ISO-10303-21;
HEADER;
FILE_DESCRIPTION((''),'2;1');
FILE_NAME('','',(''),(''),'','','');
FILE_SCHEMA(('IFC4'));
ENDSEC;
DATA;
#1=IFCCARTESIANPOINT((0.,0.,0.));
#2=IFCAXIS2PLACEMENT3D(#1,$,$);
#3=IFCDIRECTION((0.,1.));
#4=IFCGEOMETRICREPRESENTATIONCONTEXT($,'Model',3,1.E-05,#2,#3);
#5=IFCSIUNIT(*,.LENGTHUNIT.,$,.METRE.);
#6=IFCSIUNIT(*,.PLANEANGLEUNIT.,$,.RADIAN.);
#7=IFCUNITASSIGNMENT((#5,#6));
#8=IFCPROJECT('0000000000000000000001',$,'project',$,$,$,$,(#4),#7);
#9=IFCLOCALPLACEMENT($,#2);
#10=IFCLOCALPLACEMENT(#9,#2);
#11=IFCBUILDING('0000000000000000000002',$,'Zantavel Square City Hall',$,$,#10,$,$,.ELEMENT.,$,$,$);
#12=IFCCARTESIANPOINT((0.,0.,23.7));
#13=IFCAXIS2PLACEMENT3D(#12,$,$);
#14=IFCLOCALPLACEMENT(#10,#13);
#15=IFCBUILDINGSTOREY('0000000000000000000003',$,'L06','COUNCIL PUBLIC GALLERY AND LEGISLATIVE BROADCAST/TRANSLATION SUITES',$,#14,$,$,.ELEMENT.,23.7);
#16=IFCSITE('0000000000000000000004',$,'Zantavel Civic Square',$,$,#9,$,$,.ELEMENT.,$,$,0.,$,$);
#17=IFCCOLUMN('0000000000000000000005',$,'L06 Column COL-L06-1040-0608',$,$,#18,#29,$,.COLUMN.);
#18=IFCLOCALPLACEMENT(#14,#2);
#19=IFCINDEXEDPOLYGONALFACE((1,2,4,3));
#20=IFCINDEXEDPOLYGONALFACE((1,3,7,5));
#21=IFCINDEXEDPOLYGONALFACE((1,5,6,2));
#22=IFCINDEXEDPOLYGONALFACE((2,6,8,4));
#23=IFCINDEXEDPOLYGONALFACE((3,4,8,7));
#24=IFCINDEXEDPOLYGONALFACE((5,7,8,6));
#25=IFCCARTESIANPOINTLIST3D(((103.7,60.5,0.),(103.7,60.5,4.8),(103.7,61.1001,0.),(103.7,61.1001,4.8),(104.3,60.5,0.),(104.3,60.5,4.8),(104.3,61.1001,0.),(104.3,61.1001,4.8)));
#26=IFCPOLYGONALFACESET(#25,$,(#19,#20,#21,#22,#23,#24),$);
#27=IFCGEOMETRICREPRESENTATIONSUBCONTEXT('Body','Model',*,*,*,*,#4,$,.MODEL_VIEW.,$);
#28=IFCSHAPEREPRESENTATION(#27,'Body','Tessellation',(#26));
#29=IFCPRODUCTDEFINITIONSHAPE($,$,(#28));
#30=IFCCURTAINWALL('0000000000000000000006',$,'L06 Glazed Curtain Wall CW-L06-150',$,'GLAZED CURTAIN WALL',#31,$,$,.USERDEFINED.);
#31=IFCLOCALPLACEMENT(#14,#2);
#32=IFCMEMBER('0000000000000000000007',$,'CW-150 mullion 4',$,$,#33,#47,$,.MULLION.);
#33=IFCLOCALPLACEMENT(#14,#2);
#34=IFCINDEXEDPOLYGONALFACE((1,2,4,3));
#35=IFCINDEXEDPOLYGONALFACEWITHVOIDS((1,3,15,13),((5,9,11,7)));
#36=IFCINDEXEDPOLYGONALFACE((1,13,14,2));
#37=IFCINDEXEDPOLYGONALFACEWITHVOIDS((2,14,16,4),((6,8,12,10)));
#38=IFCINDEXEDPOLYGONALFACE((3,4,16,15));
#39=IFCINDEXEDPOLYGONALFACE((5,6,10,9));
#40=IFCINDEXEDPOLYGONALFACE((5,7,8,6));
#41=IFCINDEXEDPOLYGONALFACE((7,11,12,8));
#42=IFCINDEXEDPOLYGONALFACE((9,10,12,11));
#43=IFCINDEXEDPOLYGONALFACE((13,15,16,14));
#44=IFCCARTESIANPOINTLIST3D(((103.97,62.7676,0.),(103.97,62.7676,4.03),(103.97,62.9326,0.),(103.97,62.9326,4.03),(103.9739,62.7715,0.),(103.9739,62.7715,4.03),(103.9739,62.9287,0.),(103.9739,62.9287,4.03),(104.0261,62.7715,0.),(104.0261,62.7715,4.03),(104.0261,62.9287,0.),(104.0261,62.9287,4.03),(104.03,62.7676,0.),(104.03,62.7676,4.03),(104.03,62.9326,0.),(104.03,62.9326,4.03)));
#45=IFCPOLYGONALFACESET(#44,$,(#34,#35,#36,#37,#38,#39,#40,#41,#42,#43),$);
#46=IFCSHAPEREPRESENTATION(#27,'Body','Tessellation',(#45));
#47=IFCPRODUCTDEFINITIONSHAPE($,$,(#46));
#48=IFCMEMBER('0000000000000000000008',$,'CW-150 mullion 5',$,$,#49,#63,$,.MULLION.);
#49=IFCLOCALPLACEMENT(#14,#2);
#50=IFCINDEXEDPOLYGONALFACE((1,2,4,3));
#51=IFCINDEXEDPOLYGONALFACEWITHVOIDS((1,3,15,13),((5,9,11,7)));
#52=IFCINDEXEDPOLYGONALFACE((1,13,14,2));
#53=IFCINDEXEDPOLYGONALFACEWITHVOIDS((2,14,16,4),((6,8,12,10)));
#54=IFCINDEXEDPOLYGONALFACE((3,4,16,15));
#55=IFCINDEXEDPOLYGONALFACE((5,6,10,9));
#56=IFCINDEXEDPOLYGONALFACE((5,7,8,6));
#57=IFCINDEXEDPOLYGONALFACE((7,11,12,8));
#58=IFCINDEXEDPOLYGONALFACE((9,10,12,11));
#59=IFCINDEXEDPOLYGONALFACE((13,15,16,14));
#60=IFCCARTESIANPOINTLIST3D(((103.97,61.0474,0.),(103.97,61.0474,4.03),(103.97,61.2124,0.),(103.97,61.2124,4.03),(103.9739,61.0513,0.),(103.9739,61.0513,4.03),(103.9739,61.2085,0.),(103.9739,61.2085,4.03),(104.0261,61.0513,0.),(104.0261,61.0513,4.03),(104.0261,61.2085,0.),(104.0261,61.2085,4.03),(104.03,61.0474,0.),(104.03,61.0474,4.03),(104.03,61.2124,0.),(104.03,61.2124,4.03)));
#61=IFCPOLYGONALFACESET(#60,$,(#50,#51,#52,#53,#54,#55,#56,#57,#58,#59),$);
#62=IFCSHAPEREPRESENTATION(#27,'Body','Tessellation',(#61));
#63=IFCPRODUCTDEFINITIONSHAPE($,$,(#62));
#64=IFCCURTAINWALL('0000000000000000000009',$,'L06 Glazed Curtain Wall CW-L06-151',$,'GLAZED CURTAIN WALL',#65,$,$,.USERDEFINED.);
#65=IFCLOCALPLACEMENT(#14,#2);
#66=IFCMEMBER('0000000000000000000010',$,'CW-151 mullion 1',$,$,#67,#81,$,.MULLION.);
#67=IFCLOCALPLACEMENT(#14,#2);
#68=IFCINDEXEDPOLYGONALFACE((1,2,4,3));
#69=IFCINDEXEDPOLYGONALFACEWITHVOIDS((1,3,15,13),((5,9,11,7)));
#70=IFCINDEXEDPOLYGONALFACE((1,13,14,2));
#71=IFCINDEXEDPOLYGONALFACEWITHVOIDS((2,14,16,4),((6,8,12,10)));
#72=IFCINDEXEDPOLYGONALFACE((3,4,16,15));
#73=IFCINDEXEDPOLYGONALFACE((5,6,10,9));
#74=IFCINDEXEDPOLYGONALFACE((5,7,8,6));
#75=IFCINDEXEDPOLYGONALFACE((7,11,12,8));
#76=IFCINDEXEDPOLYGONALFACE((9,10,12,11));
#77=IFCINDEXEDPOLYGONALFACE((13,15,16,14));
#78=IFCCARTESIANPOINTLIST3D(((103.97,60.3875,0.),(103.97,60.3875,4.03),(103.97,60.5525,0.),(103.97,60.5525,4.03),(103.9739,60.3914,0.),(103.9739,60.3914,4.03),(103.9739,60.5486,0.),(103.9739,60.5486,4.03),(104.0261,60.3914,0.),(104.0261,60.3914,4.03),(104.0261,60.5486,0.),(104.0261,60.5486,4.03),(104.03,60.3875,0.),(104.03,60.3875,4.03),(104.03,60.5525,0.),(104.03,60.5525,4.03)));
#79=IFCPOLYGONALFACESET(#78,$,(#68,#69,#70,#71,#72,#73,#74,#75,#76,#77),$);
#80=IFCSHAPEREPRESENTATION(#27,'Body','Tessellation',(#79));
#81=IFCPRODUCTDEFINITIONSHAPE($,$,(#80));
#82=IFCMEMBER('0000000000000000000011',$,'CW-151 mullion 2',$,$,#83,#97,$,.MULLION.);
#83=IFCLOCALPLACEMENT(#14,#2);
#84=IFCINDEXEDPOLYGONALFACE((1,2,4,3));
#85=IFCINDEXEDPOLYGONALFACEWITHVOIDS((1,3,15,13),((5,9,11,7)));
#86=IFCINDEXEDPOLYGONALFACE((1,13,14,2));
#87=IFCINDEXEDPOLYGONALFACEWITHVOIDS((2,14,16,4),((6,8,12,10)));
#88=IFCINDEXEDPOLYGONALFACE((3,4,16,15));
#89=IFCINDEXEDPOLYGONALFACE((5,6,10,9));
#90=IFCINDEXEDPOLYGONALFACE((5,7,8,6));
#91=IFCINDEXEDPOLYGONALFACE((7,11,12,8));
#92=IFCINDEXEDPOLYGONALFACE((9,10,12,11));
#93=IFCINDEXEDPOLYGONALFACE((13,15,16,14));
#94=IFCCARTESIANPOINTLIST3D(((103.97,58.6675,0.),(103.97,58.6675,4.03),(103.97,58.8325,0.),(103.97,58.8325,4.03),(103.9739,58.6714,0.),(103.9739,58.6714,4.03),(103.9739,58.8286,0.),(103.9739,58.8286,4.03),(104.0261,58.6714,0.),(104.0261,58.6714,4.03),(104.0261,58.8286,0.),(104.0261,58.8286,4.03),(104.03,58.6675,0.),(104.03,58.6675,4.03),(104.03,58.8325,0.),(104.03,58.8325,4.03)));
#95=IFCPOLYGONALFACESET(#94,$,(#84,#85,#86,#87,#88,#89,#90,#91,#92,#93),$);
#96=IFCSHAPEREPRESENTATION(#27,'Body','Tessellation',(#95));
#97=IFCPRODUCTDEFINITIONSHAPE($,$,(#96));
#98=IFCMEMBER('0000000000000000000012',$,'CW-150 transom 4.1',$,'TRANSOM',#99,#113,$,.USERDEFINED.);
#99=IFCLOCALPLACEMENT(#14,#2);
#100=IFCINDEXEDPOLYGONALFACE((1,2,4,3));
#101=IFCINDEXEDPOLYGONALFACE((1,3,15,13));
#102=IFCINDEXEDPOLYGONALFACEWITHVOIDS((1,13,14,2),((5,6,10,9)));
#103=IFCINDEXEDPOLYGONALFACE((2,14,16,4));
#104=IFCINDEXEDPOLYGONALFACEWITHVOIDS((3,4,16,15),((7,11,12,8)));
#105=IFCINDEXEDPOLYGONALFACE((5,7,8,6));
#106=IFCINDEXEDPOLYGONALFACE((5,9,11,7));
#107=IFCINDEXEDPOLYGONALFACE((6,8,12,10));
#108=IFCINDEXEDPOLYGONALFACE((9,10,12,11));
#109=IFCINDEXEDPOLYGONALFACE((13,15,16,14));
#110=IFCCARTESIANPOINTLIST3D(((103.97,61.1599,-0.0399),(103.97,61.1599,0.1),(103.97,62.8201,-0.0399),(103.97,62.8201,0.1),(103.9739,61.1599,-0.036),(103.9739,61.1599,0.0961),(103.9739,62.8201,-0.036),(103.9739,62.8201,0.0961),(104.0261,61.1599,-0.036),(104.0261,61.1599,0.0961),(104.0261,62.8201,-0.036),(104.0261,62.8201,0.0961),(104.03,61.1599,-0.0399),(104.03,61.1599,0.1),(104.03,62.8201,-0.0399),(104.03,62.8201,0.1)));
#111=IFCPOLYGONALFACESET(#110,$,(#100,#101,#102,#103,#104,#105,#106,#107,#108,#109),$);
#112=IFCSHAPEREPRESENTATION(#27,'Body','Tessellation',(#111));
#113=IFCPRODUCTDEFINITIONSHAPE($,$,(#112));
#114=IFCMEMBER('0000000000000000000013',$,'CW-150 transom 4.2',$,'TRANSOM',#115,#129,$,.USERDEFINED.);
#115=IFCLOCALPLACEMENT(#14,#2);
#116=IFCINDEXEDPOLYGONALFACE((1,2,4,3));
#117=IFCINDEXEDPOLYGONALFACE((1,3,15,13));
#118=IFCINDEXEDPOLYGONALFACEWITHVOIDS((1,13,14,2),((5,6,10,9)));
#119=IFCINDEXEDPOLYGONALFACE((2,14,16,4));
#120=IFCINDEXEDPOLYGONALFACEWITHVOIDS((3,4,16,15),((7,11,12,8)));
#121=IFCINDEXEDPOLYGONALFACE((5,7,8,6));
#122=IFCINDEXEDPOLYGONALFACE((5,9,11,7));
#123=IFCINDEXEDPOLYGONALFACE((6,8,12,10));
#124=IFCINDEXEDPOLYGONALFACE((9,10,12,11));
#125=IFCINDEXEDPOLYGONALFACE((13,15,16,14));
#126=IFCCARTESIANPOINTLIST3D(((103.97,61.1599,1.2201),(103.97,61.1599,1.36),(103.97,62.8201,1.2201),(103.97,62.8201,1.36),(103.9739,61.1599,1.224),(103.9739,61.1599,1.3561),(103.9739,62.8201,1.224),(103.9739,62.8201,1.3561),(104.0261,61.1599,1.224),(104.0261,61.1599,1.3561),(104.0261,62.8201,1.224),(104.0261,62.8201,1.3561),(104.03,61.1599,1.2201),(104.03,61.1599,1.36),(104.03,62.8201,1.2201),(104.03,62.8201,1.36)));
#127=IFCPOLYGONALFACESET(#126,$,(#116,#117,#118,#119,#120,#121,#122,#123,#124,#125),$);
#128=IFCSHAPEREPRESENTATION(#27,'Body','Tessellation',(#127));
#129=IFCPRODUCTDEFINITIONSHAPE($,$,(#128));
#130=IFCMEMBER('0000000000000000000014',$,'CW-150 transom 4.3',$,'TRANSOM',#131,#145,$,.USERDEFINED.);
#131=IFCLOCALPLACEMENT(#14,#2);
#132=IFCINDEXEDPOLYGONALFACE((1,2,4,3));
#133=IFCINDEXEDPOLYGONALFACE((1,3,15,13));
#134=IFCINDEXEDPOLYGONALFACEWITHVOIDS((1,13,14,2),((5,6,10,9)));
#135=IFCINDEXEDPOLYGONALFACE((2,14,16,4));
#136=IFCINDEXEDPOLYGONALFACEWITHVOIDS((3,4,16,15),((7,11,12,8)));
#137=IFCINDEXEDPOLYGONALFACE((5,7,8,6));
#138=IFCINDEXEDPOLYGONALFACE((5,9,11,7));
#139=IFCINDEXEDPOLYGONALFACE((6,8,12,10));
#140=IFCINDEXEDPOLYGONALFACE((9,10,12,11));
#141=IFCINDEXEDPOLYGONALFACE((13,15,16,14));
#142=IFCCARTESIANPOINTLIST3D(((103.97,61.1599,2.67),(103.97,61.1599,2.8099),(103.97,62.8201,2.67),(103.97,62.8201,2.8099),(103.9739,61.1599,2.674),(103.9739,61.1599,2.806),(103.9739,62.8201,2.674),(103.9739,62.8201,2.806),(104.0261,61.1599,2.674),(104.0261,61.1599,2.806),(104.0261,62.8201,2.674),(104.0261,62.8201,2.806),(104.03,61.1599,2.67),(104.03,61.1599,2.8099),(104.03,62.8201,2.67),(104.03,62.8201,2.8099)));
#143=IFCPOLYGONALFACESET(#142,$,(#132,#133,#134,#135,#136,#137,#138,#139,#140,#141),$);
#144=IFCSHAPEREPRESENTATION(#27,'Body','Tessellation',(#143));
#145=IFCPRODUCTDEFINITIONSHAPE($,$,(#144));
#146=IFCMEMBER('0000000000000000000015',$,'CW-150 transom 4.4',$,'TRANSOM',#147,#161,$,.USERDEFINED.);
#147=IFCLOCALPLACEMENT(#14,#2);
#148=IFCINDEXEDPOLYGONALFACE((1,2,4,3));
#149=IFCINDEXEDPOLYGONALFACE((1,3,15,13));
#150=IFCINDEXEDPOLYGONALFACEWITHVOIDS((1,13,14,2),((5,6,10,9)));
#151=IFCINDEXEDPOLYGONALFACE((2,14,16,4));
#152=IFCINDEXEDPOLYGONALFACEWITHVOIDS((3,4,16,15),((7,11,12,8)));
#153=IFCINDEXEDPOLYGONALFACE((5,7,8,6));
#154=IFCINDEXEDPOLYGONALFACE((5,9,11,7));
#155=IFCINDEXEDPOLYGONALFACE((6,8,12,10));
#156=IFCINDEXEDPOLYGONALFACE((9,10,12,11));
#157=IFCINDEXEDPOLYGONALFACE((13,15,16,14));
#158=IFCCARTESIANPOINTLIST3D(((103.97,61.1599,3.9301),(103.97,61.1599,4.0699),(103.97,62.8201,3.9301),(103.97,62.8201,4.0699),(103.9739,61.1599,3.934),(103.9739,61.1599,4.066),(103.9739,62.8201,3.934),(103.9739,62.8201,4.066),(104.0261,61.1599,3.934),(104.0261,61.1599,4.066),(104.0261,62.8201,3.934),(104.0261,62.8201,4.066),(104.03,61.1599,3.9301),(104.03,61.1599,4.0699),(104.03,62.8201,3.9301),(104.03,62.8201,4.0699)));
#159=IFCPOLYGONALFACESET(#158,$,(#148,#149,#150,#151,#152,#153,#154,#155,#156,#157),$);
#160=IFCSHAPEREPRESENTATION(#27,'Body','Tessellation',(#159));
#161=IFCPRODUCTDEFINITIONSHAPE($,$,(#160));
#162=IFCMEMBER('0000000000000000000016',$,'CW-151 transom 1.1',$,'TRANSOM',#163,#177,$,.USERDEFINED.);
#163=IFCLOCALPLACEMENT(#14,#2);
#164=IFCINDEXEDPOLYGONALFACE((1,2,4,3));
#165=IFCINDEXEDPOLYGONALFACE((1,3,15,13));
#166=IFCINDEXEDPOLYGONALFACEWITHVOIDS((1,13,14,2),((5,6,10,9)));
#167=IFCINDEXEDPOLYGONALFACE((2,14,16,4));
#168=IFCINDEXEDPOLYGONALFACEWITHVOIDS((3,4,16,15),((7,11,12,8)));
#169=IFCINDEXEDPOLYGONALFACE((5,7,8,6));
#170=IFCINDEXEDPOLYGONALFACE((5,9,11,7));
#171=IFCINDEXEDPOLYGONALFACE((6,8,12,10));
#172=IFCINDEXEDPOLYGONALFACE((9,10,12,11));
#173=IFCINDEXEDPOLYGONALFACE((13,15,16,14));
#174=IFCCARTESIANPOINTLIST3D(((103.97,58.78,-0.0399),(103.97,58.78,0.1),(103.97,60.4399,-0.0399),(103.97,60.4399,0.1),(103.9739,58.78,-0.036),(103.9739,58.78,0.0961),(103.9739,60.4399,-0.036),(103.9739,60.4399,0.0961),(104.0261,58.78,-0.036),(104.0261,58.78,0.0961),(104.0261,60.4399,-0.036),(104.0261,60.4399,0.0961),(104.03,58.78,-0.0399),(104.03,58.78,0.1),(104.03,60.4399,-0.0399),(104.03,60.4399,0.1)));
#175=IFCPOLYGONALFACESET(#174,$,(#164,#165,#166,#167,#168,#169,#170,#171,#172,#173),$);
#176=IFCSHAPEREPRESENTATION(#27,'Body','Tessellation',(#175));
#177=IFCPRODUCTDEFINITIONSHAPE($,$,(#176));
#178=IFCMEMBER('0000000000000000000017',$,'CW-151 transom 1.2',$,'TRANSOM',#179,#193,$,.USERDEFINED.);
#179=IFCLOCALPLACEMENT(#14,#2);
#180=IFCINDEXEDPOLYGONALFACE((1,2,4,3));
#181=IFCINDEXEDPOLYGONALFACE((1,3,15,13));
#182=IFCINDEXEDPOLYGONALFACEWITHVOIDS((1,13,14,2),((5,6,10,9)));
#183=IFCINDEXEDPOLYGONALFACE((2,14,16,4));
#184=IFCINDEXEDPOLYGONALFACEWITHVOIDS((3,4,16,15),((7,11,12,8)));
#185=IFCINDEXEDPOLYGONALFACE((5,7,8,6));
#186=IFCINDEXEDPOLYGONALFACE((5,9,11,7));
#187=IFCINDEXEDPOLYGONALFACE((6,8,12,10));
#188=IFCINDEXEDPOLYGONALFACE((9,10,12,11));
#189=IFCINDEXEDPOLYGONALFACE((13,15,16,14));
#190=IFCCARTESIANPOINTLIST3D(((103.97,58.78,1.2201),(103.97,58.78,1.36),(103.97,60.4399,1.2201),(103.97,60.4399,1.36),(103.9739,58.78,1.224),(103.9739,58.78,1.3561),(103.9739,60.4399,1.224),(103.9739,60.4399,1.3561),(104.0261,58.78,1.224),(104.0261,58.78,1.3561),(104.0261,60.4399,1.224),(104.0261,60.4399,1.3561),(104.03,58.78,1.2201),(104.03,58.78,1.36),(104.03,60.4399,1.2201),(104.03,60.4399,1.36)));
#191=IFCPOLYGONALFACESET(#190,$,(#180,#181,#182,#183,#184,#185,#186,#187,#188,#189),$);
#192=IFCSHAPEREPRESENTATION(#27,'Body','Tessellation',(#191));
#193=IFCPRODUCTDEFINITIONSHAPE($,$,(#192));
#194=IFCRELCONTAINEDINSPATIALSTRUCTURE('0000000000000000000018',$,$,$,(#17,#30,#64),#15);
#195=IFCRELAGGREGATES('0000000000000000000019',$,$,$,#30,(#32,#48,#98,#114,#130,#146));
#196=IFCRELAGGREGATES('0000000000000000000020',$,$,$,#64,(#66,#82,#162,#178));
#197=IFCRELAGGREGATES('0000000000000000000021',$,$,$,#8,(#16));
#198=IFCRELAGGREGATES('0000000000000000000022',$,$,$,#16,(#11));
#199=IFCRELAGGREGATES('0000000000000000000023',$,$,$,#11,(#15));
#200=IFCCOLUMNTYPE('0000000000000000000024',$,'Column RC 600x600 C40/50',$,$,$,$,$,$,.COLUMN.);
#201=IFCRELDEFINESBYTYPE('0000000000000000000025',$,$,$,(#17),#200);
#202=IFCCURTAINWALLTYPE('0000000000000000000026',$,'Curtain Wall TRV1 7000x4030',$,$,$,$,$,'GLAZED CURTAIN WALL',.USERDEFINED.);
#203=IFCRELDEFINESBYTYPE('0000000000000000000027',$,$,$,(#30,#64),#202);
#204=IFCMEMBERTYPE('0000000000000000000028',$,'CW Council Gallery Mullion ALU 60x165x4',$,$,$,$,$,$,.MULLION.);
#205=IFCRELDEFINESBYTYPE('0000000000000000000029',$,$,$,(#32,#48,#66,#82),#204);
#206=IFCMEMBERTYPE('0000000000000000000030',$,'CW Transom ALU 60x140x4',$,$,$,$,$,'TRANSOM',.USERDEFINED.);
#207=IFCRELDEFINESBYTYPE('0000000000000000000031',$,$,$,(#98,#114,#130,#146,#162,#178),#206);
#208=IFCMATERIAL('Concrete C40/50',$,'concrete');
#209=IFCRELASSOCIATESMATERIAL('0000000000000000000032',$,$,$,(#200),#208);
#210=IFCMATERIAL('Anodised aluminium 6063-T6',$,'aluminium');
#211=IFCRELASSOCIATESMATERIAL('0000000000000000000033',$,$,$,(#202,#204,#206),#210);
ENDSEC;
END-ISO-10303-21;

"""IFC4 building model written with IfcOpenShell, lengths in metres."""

from ifc_helpers import new_model, si_unit, direction, frame, origin, origin_2d, place, context, subcontext, project, spatial, rectangle, hollow_rectangle, extrude, material, material_profile, profile_set, type_object, element, aggregate, save


model = new_model("IFC4")

# Units and contexts
model_context = context("Model", 3, precision=1e-05, world=origin(), true_north=direction((0.0, 1.0)))
body_context = subcontext(model_context, "Body", "Model", "MODEL_VIEW")
ifc_project = project(units=[si_unit("LENGTHUNIT", "METRE"), si_unit("PLANEANGLEUNIT", "RADIAN")], contexts=[model_context])

# Site, building, storey
site_placement = place(None, origin())
site = spatial("IfcSite", under=ifc_project, at=site_placement, Name="Zantavel Civic Square", CompositionType="ELEMENT", RefElevation=0.0)
building_placement = place(site_placement, origin())
building = spatial("IfcBuilding", under=site, at=building_placement, Name="Zantavel Square City Hall", CompositionType="ELEMENT")
storey_placement = place(building_placement, frame((0.0, 0.0, 23.7)))
storey = spatial("IfcBuildingStorey", under=building, at=storey_placement, Name="L06", Description="COUNCIL PUBLIC GALLERY AND LEGISLATIVE BROADCAST/TRANSLATION SUITES", CompositionType="ELEMENT", Elevation=23.7)

# Column
ifc_material_1 = material(Name="Concrete C40/50", Category="concrete")
ifc_material_profile_1 = material_profile(ifc_material_1, rectangle(XDim=0.6001, YDim=0.6001, at=origin_2d()), Name="RC 600x600")
ifc_profile_set_1 = profile_set([ifc_material_profile_1], Name="Concrete C40/50")
column_type = type_object("IfcColumnType", Name="Column RC 600x600 C40/50", PredefinedType="COLUMN", material=ifc_profile_set_1)
column_placement = place(storey_placement, frame((104.0, 60.8, 0.0), z_axis=(0.0, 0.0, 1.0), x_axis=(1.0, 0.0, 0.0)))
element("IfcColumn", 1, at=column_placement, inside=storey, type_object=column_type, Name="L06 Column COL-L06-1040-0608", PredefinedType="COLUMN", context=body_context, shape_type="SweptSolid", body=[
    extrude(rectangle(XDim=0.6001, YDim=0.6001, at=origin_2d()), origin(), (0.0, 0.0, 1.0), 4.8),
])

# Curtain walls, members
ifc_material_2 = material(Name="Anodised aluminium 6063-T6", Category="aluminium")
curtain_wall_type = type_object("IfcCurtainWallType", Name="Curtain Wall TRV1 7000x4030", ElementType="GLAZED CURTAIN WALL", PredefinedType="USERDEFINED", material=ifc_material_2)
curtain_wall_1_placement = place(storey_placement, origin())
curtain_wall_1 = element("IfcCurtainWall", 2, at=curtain_wall_1_placement, inside=storey, type_object=curtain_wall_type, Name="L06 Glazed Curtain Wall CW-L06-150", ObjectType="GLAZED CURTAIN WALL", PredefinedType="USERDEFINED")
ifc_material_profile_2 = material_profile(ifc_material_2, hollow_rectangle(XDim=0.0601, YDim=0.165, WallThickness=0.0039, at=origin_2d()), Name="ALU 60x165x4")
ifc_profile_set_2 = profile_set([ifc_material_profile_2], Name="Anodised aluminium 6063-T6")
member_type_1 = type_object("IfcMemberType", Name="CW Council Gallery Mullion ALU 60x165x4", PredefinedType="MULLION", material=ifc_profile_set_2)
member_1_placement = place(storey_placement, frame((104.0, 62.8501, 0.0), z_axis=(0.0, 0.0, 1.0), x_axis=(1.0, 0.0, 0.0)))
member_1 = element("IfcMember", 3, at=member_1_placement, type_object=member_type_1, Name="CW-150 mullion 4", PredefinedType="MULLION", context=body_context, shape_type="SweptSolid", body=[
    extrude(hollow_rectangle(XDim=0.0601, YDim=0.165, WallThickness=0.0039, at=origin_2d()), origin(), (0.0, 0.0, 1.0), 4.03),
])
member_2_placement = place(storey_placement, frame((104.0, 61.1299, 0.0), z_axis=(0.0, 0.0, 1.0), x_axis=(1.0, 0.0, 0.0)))
member_2 = element("IfcMember", 4, at=member_2_placement, type_object=member_type_1, Name="CW-150 mullion 5", PredefinedType="MULLION", context=body_context, shape_type="SweptSolid", body=[
    extrude(hollow_rectangle(XDim=0.0601, YDim=0.165, WallThickness=0.0039, at=origin_2d()), origin(), (0.0, 0.0, 1.0), 4.03),
])
curtain_wall_2_placement = place(storey_placement, origin())
curtain_wall_2 = element("IfcCurtainWall", 5, at=curtain_wall_2_placement, inside=storey, type_object=curtain_wall_type, Name="L06 Glazed Curtain Wall CW-L06-151", ObjectType="GLAZED CURTAIN WALL", PredefinedType="USERDEFINED")
member_3_placement = place(storey_placement, frame((104.0, 60.47, 0.0), z_axis=(0.0, 0.0, 1.0), x_axis=(1.0, 0.0, 0.0)))
member_3 = element("IfcMember", 6, at=member_3_placement, type_object=member_type_1, Name="CW-151 mullion 1", PredefinedType="MULLION", context=body_context, shape_type="SweptSolid", body=[
    extrude(hollow_rectangle(XDim=0.0601, YDim=0.165, WallThickness=0.0039, at=origin_2d()), origin(), (0.0, 0.0, 1.0), 4.03),
])
member_4_placement = place(storey_placement, frame((104.0, 58.75, 0.0), z_axis=(0.0, 0.0, 1.0), x_axis=(1.0, 0.0, 0.0)))
member_4 = element("IfcMember", 7, at=member_4_placement, type_object=member_type_1, Name="CW-151 mullion 2", PredefinedType="MULLION", context=body_context, shape_type="SweptSolid", body=[
    extrude(hollow_rectangle(XDim=0.0601, YDim=0.165, WallThickness=0.0039, at=origin_2d()), origin(), (0.0, 0.0, 1.0), 4.03),
])

# Members
ifc_material_profile_3 = material_profile(ifc_material_2, hollow_rectangle(XDim=0.0601, YDim=0.1399, WallThickness=0.0039, at=origin_2d()), Name="ALU 60x140x4")
ifc_profile_set_3 = profile_set([ifc_material_profile_3], Name="Anodised aluminium 6063-T6")
member_type_2 = type_object("IfcMemberType", Name="CW Transom ALU 60x140x4", ElementType="TRANSOM", PredefinedType="USERDEFINED", material=ifc_profile_set_3)
member_5_placement = place(storey_placement, frame((104.0, 62.8201, 0.03), z_axis=(0.0, -1.0, 0.0), x_axis=(1.0, 0.0, 0.0)))
member_5 = element("IfcMember", 8, at=member_5_placement, type_object=member_type_2, Name="CW-150 transom 4.1", ObjectType="TRANSOM", PredefinedType="USERDEFINED", context=body_context, shape_type="SweptSolid", body=[
    extrude(hollow_rectangle(XDim=0.0601, YDim=0.1399, WallThickness=0.0039, at=origin_2d()), origin(), (0.0, 0.0, 1.0), 1.6602),
])
member_6_placement = place(storey_placement, frame((104.0, 62.8201, 1.29), z_axis=(0.0, -1.0, 0.0), x_axis=(1.0, 0.0, 0.0)))
member_6 = element("IfcMember", 9, at=member_6_placement, type_object=member_type_2, Name="CW-150 transom 4.2", ObjectType="TRANSOM", PredefinedType="USERDEFINED", context=body_context, shape_type="SweptSolid", body=[
    extrude(hollow_rectangle(XDim=0.0601, YDim=0.1399, WallThickness=0.0039, at=origin_2d()), origin(), (0.0, 0.0, 1.0), 1.6602),
])
member_7_placement = place(storey_placement, frame((104.0, 62.8201, 2.74), z_axis=(0.0, -1.0, 0.0), x_axis=(1.0, 0.0, 0.0)))
member_7 = element("IfcMember", 10, at=member_7_placement, type_object=member_type_2, Name="CW-150 transom 4.3", ObjectType="TRANSOM", PredefinedType="USERDEFINED", context=body_context, shape_type="SweptSolid", body=[
    extrude(hollow_rectangle(XDim=0.0601, YDim=0.1399, WallThickness=0.0039, at=origin_2d()), origin(), (0.0, 0.0, 1.0), 1.6602),
])
member_8_placement = place(storey_placement, frame((104.0, 62.8201, 4.0), z_axis=(0.0, -1.0, 0.0), x_axis=(1.0, 0.0, 0.0)))
member_8 = element("IfcMember", 11, at=member_8_placement, type_object=member_type_2, Name="CW-150 transom 4.4", ObjectType="TRANSOM", PredefinedType="USERDEFINED", context=body_context, shape_type="SweptSolid", body=[
    extrude(hollow_rectangle(XDim=0.0601, YDim=0.1399, WallThickness=0.0039, at=origin_2d()), origin(), (0.0, 0.0, 1.0), 1.6602),
])
member_9_placement = place(storey_placement, frame((104.0, 60.4399, 0.03), z_axis=(0.0, -1.0, 0.0), x_axis=(1.0, 0.0, 0.0)))
member_9 = element("IfcMember", 12, at=member_9_placement, type_object=member_type_2, Name="CW-151 transom 1.1", ObjectType="TRANSOM", PredefinedType="USERDEFINED", context=body_context, shape_type="SweptSolid", body=[
    extrude(hollow_rectangle(XDim=0.0601, YDim=0.1399, WallThickness=0.0039, at=origin_2d()), origin(), (0.0, 0.0, 1.0), 1.6599),
])
member_10_placement = place(storey_placement, frame((104.0, 60.4399, 1.29), z_axis=(0.0, -1.0, 0.0), x_axis=(1.0, 0.0, 0.0)))
member_10 = element("IfcMember", 13, at=member_10_placement, type_object=member_type_2, Name="CW-151 transom 1.2", ObjectType="TRANSOM", PredefinedType="USERDEFINED", context=body_context, shape_type="SweptSolid", body=[
    extrude(hollow_rectangle(XDim=0.0601, YDim=0.1399, WallThickness=0.0039, at=origin_2d()), origin(), (0.0, 0.0, 1.0), 1.6599),
])

aggregate(curtain_wall_1, [member_1, member_2, member_5, member_6, member_7, member_8])
aggregate(curtain_wall_2, [member_3, member_4, member_9, member_10])

save(model, "model.ifc")
